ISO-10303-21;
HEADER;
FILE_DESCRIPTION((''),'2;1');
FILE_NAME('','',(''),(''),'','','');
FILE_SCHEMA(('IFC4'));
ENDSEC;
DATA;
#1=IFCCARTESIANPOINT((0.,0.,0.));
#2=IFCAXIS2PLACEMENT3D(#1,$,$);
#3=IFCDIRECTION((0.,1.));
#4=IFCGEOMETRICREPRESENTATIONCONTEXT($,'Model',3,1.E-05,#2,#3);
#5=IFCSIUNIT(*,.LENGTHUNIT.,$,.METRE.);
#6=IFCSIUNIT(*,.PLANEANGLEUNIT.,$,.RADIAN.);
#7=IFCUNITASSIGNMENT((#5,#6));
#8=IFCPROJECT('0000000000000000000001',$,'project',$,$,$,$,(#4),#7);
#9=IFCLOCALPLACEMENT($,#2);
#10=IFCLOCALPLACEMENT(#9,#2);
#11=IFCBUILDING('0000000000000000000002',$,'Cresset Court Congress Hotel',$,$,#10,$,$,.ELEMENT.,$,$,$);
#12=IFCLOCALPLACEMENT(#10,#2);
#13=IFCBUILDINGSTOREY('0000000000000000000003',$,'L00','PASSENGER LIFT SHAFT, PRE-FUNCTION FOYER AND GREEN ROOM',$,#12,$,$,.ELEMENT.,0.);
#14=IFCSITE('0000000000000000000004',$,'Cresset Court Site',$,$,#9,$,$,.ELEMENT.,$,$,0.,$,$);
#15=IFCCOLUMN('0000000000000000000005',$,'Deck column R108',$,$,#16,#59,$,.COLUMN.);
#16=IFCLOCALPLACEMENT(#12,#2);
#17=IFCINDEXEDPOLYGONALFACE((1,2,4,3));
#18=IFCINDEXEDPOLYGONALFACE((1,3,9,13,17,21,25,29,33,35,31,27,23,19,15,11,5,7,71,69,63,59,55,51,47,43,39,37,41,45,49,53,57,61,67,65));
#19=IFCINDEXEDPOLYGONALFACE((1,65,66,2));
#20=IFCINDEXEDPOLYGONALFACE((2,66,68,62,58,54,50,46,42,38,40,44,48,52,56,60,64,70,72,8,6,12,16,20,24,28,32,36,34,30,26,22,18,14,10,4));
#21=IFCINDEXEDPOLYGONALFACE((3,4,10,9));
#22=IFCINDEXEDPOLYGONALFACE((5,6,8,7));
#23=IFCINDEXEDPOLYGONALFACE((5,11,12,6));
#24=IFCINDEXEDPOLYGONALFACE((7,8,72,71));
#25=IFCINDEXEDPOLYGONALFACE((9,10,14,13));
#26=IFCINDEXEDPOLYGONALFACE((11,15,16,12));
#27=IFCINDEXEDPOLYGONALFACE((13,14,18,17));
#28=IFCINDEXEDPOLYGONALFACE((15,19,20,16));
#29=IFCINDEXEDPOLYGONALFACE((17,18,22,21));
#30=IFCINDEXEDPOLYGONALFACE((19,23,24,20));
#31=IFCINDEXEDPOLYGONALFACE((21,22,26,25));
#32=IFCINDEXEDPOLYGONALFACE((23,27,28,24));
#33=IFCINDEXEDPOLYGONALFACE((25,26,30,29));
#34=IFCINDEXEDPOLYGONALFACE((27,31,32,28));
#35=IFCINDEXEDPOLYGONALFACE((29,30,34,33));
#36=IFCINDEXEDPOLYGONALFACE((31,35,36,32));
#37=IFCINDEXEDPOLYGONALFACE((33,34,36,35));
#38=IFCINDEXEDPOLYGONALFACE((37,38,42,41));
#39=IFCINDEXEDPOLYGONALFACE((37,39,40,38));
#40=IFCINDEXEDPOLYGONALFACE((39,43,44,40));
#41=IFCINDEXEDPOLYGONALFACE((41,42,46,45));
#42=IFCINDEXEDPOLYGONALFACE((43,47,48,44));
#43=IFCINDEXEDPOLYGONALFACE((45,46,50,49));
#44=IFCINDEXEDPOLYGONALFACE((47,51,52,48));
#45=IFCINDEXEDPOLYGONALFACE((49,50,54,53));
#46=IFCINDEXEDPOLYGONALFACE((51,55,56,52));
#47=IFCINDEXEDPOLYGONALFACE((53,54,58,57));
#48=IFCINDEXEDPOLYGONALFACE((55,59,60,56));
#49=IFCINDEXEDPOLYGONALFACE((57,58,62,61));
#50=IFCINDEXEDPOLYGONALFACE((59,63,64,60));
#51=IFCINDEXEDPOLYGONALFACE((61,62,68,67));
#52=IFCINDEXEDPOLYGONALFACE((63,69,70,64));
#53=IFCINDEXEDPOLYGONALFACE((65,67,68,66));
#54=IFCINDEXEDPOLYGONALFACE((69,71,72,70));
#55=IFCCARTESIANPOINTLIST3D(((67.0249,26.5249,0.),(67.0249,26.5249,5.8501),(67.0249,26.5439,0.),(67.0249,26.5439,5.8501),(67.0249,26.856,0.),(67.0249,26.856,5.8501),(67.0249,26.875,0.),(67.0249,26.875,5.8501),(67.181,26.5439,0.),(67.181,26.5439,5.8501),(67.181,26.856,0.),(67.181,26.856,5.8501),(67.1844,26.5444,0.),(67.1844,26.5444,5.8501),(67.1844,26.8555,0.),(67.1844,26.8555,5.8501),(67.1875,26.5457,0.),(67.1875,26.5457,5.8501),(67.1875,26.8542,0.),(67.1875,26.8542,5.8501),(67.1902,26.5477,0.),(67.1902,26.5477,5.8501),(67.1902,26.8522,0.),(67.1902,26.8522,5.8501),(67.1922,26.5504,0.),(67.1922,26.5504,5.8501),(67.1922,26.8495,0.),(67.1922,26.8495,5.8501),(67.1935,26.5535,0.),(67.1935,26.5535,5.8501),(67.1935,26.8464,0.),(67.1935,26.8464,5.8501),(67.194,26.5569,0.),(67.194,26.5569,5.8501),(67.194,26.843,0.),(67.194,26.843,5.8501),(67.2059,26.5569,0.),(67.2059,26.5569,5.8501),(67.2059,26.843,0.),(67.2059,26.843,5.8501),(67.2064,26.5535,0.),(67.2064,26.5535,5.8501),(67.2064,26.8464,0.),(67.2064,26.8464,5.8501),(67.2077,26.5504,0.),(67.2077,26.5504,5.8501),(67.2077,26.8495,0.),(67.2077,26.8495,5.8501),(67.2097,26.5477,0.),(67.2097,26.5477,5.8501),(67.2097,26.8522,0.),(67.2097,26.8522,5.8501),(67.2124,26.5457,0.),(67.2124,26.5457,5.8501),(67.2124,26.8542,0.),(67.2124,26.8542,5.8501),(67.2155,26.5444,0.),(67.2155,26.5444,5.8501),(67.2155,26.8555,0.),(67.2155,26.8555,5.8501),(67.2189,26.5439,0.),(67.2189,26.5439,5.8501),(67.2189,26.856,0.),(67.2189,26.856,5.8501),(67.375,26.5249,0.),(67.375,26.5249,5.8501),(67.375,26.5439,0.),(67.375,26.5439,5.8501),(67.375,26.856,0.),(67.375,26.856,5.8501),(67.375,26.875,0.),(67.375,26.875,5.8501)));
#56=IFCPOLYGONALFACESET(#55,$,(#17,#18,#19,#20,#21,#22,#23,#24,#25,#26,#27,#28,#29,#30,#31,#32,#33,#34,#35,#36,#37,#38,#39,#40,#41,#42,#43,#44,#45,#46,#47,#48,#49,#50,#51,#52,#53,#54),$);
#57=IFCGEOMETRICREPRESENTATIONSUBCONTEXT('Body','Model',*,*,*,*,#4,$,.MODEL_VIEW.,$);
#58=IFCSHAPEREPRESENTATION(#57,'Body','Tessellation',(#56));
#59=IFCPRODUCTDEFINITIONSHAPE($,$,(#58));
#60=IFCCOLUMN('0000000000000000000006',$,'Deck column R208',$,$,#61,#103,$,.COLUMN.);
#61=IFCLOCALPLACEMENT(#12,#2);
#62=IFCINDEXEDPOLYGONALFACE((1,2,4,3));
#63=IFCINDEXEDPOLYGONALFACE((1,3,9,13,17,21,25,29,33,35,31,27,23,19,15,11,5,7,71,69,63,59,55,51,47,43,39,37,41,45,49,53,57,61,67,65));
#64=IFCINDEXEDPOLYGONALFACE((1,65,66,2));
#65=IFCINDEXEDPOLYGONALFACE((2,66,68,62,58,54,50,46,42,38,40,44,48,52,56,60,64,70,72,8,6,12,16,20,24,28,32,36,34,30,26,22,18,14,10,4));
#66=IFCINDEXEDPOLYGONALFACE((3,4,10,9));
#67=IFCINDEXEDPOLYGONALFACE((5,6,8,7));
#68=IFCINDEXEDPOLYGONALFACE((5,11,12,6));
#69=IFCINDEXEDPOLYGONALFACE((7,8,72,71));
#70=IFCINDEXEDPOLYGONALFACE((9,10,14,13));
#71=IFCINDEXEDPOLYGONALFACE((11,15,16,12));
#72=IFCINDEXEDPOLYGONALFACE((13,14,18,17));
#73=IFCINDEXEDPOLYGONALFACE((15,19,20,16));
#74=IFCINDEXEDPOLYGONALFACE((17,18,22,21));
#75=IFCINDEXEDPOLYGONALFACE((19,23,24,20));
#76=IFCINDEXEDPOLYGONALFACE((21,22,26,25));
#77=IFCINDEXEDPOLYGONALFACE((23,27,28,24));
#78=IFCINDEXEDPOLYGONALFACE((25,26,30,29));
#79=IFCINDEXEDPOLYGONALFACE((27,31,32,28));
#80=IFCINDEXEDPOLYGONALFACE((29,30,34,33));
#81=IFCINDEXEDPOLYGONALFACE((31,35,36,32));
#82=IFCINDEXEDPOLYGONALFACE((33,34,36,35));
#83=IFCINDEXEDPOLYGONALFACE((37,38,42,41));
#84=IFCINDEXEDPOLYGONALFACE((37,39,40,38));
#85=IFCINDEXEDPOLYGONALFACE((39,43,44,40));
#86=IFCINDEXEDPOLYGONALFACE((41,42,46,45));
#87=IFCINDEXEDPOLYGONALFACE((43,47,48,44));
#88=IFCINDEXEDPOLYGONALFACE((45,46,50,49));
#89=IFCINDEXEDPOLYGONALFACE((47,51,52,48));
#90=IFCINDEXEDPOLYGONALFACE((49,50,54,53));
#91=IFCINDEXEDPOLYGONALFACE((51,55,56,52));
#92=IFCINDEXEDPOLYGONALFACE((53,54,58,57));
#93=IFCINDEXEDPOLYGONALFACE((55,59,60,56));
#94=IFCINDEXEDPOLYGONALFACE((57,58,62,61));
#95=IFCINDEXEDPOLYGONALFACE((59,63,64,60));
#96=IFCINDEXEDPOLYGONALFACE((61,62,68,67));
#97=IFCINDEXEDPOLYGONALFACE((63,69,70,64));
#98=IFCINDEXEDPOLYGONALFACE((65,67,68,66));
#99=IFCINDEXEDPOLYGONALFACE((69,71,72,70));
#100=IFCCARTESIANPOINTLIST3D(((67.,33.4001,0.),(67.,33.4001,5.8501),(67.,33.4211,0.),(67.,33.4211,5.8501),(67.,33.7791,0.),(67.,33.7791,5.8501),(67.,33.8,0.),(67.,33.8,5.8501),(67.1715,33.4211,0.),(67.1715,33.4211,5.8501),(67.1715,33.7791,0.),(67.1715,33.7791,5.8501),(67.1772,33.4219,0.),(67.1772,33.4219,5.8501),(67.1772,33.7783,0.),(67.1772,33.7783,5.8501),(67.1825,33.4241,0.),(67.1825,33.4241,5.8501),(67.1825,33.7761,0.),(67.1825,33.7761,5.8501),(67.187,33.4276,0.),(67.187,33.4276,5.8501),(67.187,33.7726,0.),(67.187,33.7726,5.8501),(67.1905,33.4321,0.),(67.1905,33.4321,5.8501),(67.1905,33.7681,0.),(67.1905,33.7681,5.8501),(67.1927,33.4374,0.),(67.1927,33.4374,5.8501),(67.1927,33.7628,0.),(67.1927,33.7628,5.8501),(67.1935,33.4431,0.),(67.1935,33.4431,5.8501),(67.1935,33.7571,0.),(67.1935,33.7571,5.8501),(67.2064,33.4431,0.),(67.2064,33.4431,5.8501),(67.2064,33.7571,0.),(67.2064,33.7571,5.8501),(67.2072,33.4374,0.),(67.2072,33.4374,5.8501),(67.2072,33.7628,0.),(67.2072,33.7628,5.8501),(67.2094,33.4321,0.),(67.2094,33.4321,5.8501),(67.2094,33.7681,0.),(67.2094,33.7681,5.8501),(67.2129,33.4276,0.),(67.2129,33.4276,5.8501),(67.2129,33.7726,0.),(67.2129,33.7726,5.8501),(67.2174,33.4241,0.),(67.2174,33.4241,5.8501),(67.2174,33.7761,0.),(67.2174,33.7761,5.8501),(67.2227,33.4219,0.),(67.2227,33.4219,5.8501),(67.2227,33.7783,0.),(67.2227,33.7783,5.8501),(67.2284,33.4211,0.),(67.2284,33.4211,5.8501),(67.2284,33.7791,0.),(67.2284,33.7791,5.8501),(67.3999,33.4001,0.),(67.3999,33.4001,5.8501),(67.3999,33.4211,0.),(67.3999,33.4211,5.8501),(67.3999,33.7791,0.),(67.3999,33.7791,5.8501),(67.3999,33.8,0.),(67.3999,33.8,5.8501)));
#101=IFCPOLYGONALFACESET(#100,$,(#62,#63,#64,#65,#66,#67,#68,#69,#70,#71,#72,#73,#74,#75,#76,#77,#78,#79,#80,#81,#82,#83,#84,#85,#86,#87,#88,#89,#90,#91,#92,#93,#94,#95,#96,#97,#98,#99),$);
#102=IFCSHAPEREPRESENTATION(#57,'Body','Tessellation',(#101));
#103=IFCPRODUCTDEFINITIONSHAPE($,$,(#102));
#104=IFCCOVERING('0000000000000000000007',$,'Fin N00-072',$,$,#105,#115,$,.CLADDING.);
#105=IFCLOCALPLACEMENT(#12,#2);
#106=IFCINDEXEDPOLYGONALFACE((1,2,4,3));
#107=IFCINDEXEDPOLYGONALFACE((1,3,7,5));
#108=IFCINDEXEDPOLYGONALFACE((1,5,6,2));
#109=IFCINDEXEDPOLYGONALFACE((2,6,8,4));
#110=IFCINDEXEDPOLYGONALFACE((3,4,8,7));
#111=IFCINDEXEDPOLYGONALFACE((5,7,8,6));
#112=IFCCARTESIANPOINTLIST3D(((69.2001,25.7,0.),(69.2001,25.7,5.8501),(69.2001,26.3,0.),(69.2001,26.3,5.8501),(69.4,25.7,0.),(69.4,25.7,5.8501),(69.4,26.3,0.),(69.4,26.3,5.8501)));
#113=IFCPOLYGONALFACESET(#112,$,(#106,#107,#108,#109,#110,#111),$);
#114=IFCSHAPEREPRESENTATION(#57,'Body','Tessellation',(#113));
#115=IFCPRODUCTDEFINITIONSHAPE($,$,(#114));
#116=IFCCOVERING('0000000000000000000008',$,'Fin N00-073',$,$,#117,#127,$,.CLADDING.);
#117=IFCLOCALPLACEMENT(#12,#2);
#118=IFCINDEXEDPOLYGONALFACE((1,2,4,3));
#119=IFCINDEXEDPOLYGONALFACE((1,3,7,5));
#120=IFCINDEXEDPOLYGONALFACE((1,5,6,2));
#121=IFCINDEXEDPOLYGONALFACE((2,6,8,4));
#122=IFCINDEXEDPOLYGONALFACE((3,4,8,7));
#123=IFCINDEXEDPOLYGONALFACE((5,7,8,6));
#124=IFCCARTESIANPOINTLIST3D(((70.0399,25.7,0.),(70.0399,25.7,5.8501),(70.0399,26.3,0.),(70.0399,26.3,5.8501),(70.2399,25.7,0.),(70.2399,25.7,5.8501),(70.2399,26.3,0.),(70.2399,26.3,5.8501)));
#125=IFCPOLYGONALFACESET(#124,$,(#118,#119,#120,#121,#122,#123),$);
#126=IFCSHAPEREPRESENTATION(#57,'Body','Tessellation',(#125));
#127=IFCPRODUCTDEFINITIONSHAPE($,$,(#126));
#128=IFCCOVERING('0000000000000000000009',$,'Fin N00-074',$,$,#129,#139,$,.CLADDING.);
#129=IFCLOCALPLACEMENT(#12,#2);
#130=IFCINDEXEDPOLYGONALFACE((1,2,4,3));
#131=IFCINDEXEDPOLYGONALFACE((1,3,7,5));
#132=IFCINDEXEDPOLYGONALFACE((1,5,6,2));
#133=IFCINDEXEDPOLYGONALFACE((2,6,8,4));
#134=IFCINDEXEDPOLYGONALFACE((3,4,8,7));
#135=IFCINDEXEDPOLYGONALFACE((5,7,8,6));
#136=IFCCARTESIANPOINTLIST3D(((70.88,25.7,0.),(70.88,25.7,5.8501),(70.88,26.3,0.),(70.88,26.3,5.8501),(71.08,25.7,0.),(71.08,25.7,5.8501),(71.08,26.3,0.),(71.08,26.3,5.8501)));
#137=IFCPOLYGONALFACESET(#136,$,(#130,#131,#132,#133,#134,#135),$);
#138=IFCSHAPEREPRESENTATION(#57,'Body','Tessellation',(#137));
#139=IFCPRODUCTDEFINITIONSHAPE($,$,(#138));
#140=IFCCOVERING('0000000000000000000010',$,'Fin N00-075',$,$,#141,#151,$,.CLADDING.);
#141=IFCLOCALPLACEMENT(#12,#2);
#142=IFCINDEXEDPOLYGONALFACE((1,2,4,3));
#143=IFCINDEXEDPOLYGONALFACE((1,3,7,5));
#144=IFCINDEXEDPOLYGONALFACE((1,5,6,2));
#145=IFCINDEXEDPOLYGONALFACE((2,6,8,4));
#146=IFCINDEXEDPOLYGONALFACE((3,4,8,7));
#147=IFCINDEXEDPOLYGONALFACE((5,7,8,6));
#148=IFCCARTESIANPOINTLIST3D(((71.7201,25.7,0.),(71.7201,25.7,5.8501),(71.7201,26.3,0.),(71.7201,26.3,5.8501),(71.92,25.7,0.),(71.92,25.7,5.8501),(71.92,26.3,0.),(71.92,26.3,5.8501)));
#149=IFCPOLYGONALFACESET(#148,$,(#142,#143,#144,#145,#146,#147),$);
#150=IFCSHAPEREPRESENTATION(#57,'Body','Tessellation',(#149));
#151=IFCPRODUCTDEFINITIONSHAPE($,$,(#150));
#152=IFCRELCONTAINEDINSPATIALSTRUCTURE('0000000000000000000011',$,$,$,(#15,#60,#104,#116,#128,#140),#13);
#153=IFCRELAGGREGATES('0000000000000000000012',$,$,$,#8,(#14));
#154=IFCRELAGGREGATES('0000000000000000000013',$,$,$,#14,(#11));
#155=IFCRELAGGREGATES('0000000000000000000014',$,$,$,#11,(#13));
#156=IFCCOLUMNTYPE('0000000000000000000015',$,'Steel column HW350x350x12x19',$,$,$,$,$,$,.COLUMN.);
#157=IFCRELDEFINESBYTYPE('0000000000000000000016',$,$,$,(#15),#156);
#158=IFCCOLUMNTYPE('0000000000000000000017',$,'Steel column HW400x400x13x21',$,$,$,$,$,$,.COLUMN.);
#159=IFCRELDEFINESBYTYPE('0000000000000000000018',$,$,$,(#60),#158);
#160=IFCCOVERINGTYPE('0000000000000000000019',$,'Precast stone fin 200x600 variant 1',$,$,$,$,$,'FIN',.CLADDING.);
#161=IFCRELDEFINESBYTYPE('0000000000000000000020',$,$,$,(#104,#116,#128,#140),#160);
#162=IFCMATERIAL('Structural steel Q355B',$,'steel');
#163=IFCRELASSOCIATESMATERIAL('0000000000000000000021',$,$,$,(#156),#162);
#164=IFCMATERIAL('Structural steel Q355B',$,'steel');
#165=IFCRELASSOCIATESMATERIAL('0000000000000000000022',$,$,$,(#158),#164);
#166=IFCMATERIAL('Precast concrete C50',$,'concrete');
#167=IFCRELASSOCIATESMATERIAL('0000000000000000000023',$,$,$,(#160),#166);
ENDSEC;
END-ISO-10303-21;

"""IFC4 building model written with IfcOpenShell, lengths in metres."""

from ifc_helpers import new_model, si_unit, direction, frame, origin, origin_2d, place, context, subcontext, project, spatial, rectangle, i_section, extrude, material, material_profile, profile_set, type_object, element, save


model = new_model("IFC4")

# Units and contexts
model_context = context("Model", 3, precision=1e-05, world=origin(), true_north=direction((0.0, 1.0)))
body_context = subcontext(model_context, "Body", "Model", "MODEL_VIEW")
ifc_project = project(units=[si_unit("LENGTHUNIT", "METRE"), si_unit("PLANEANGLEUNIT", "RADIAN")], contexts=[model_context])

# Site, building, storey
site_placement = place(None, origin())
site = spatial("IfcSite", under=ifc_project, at=site_placement, Name="Cresset Court Site", CompositionType="ELEMENT", RefElevation=0.0)
building_placement = place(site_placement, origin())
building = spatial("IfcBuilding", under=site, at=building_placement, Name="Cresset Court Congress Hotel", CompositionType="ELEMENT")
storey_placement = place(building_placement, origin())
storey = spatial("IfcBuildingStorey", under=building, at=storey_placement, Name="L00", Description="PASSENGER LIFT SHAFT, PRE-FUNCTION FOYER AND GREEN ROOM", CompositionType="ELEMENT", Elevation=0.0)

# Columns
ifc_material_1 = material(Name="Structural steel Q355B", Category="steel")
ifc_material_profile_1 = material_profile(ifc_material_1, i_section(OverallWidth=0.3501, OverallDepth=0.3501, WebThickness=0.012, FlangeThickness=0.019, FilletRadius=0.0129, at=origin_2d()), Name="HW350x350x12x19")
ifc_profile_set_1 = profile_set([ifc_material_profile_1], Name="Structural steel Q355B")
column_type_1 = type_object("IfcColumnType", Name="Steel column HW350x350x12x19", PredefinedType="COLUMN", material=ifc_profile_set_1)
column_1_placement = place(storey_placement, frame((67.2, 26.7, 0.0), z_axis=(0.0, 0.0, 1.0), x_axis=(1.0, 0.0, 0.0)))
element("IfcColumn", 1, at=column_1_placement, inside=storey, type_object=column_type_1, Name="Deck column R108", PredefinedType="COLUMN", context=body_context, shape_type="SweptSolid", body=[
    extrude(i_section(OverallWidth=0.3501, OverallDepth=0.3501, WebThickness=0.012, FlangeThickness=0.019, FilletRadius=0.0129, at=origin_2d()), origin(), (0.0, 0.0, 1.0), 5.8501),
])
ifc_material_2 = material(Name="Structural steel Q355B", Category="steel")
ifc_material_profile_2 = material_profile(ifc_material_2, i_section(OverallWidth=0.3999, OverallDepth=0.3999, WebThickness=0.0129, FlangeThickness=0.021, FilletRadius=0.022, at=origin_2d()), Name="HW400x400x13x21")
ifc_profile_set_2 = profile_set([ifc_material_profile_2], Name="Structural steel Q355B")
column_type_2 = type_object("IfcColumnType", Name="Steel column HW400x400x13x21", PredefinedType="COLUMN", material=ifc_profile_set_2)
column_2_placement = place(storey_placement, frame((67.2, 33.6001, 0.0), z_axis=(0.0, 0.0, 1.0), x_axis=(1.0, 0.0, 0.0)))
element("IfcColumn", 2, at=column_2_placement, inside=storey, type_object=column_type_2, Name="Deck column R208", PredefinedType="COLUMN", context=body_context, shape_type="SweptSolid", body=[
    extrude(i_section(OverallWidth=0.3999, OverallDepth=0.3999, WebThickness=0.0129, FlangeThickness=0.021, FilletRadius=0.022, at=origin_2d()), origin(), (0.0, 0.0, 1.0), 5.8501),
])

# Coverings
ifc_material_3 = material(Name="Precast concrete C50", Category="concrete")
covering_type = type_object("IfcCoveringType", Name="Precast stone fin 200x600 variant 1", ElementType="FIN", PredefinedType="CLADDING", material=ifc_material_3)
for number, where, z_axis, x_axis, name in (
    (3, (69.3, 26.0, 0.0), (0.0, 0.0, 1.0), (1.0, 0.0, 0.0), "Fin N00-072"),
    (4, (70.1399, 26.0, 0.0), (0.0, 0.0, 1.0), (1.0, 0.0, 0.0), "Fin N00-073"),
    (5, (70.98, 26.0, 0.0), (0.0, 0.0, 1.0), (1.0, 0.0, 0.0), "Fin N00-074"),
    (6, (71.8201, 26.0, 0.0), (0.0, 0.0, 1.0), (1.0, 0.0, 0.0), "Fin N00-075"),
):
    element("IfcCovering", number, at=place(storey_placement, frame(where, z_axis=z_axis, x_axis=x_axis)), inside=storey, type_object=covering_type, Name=name, PredefinedType="CLADDING", context=body_context, shape_type="SweptSolid", body=[
        extrude(rectangle(XDim=0.2, YDim=0.6001, at=origin_2d()), origin(), (0.0, 0.0, 1.0), 5.8501),
    ])

save(model, "model.ifc")
